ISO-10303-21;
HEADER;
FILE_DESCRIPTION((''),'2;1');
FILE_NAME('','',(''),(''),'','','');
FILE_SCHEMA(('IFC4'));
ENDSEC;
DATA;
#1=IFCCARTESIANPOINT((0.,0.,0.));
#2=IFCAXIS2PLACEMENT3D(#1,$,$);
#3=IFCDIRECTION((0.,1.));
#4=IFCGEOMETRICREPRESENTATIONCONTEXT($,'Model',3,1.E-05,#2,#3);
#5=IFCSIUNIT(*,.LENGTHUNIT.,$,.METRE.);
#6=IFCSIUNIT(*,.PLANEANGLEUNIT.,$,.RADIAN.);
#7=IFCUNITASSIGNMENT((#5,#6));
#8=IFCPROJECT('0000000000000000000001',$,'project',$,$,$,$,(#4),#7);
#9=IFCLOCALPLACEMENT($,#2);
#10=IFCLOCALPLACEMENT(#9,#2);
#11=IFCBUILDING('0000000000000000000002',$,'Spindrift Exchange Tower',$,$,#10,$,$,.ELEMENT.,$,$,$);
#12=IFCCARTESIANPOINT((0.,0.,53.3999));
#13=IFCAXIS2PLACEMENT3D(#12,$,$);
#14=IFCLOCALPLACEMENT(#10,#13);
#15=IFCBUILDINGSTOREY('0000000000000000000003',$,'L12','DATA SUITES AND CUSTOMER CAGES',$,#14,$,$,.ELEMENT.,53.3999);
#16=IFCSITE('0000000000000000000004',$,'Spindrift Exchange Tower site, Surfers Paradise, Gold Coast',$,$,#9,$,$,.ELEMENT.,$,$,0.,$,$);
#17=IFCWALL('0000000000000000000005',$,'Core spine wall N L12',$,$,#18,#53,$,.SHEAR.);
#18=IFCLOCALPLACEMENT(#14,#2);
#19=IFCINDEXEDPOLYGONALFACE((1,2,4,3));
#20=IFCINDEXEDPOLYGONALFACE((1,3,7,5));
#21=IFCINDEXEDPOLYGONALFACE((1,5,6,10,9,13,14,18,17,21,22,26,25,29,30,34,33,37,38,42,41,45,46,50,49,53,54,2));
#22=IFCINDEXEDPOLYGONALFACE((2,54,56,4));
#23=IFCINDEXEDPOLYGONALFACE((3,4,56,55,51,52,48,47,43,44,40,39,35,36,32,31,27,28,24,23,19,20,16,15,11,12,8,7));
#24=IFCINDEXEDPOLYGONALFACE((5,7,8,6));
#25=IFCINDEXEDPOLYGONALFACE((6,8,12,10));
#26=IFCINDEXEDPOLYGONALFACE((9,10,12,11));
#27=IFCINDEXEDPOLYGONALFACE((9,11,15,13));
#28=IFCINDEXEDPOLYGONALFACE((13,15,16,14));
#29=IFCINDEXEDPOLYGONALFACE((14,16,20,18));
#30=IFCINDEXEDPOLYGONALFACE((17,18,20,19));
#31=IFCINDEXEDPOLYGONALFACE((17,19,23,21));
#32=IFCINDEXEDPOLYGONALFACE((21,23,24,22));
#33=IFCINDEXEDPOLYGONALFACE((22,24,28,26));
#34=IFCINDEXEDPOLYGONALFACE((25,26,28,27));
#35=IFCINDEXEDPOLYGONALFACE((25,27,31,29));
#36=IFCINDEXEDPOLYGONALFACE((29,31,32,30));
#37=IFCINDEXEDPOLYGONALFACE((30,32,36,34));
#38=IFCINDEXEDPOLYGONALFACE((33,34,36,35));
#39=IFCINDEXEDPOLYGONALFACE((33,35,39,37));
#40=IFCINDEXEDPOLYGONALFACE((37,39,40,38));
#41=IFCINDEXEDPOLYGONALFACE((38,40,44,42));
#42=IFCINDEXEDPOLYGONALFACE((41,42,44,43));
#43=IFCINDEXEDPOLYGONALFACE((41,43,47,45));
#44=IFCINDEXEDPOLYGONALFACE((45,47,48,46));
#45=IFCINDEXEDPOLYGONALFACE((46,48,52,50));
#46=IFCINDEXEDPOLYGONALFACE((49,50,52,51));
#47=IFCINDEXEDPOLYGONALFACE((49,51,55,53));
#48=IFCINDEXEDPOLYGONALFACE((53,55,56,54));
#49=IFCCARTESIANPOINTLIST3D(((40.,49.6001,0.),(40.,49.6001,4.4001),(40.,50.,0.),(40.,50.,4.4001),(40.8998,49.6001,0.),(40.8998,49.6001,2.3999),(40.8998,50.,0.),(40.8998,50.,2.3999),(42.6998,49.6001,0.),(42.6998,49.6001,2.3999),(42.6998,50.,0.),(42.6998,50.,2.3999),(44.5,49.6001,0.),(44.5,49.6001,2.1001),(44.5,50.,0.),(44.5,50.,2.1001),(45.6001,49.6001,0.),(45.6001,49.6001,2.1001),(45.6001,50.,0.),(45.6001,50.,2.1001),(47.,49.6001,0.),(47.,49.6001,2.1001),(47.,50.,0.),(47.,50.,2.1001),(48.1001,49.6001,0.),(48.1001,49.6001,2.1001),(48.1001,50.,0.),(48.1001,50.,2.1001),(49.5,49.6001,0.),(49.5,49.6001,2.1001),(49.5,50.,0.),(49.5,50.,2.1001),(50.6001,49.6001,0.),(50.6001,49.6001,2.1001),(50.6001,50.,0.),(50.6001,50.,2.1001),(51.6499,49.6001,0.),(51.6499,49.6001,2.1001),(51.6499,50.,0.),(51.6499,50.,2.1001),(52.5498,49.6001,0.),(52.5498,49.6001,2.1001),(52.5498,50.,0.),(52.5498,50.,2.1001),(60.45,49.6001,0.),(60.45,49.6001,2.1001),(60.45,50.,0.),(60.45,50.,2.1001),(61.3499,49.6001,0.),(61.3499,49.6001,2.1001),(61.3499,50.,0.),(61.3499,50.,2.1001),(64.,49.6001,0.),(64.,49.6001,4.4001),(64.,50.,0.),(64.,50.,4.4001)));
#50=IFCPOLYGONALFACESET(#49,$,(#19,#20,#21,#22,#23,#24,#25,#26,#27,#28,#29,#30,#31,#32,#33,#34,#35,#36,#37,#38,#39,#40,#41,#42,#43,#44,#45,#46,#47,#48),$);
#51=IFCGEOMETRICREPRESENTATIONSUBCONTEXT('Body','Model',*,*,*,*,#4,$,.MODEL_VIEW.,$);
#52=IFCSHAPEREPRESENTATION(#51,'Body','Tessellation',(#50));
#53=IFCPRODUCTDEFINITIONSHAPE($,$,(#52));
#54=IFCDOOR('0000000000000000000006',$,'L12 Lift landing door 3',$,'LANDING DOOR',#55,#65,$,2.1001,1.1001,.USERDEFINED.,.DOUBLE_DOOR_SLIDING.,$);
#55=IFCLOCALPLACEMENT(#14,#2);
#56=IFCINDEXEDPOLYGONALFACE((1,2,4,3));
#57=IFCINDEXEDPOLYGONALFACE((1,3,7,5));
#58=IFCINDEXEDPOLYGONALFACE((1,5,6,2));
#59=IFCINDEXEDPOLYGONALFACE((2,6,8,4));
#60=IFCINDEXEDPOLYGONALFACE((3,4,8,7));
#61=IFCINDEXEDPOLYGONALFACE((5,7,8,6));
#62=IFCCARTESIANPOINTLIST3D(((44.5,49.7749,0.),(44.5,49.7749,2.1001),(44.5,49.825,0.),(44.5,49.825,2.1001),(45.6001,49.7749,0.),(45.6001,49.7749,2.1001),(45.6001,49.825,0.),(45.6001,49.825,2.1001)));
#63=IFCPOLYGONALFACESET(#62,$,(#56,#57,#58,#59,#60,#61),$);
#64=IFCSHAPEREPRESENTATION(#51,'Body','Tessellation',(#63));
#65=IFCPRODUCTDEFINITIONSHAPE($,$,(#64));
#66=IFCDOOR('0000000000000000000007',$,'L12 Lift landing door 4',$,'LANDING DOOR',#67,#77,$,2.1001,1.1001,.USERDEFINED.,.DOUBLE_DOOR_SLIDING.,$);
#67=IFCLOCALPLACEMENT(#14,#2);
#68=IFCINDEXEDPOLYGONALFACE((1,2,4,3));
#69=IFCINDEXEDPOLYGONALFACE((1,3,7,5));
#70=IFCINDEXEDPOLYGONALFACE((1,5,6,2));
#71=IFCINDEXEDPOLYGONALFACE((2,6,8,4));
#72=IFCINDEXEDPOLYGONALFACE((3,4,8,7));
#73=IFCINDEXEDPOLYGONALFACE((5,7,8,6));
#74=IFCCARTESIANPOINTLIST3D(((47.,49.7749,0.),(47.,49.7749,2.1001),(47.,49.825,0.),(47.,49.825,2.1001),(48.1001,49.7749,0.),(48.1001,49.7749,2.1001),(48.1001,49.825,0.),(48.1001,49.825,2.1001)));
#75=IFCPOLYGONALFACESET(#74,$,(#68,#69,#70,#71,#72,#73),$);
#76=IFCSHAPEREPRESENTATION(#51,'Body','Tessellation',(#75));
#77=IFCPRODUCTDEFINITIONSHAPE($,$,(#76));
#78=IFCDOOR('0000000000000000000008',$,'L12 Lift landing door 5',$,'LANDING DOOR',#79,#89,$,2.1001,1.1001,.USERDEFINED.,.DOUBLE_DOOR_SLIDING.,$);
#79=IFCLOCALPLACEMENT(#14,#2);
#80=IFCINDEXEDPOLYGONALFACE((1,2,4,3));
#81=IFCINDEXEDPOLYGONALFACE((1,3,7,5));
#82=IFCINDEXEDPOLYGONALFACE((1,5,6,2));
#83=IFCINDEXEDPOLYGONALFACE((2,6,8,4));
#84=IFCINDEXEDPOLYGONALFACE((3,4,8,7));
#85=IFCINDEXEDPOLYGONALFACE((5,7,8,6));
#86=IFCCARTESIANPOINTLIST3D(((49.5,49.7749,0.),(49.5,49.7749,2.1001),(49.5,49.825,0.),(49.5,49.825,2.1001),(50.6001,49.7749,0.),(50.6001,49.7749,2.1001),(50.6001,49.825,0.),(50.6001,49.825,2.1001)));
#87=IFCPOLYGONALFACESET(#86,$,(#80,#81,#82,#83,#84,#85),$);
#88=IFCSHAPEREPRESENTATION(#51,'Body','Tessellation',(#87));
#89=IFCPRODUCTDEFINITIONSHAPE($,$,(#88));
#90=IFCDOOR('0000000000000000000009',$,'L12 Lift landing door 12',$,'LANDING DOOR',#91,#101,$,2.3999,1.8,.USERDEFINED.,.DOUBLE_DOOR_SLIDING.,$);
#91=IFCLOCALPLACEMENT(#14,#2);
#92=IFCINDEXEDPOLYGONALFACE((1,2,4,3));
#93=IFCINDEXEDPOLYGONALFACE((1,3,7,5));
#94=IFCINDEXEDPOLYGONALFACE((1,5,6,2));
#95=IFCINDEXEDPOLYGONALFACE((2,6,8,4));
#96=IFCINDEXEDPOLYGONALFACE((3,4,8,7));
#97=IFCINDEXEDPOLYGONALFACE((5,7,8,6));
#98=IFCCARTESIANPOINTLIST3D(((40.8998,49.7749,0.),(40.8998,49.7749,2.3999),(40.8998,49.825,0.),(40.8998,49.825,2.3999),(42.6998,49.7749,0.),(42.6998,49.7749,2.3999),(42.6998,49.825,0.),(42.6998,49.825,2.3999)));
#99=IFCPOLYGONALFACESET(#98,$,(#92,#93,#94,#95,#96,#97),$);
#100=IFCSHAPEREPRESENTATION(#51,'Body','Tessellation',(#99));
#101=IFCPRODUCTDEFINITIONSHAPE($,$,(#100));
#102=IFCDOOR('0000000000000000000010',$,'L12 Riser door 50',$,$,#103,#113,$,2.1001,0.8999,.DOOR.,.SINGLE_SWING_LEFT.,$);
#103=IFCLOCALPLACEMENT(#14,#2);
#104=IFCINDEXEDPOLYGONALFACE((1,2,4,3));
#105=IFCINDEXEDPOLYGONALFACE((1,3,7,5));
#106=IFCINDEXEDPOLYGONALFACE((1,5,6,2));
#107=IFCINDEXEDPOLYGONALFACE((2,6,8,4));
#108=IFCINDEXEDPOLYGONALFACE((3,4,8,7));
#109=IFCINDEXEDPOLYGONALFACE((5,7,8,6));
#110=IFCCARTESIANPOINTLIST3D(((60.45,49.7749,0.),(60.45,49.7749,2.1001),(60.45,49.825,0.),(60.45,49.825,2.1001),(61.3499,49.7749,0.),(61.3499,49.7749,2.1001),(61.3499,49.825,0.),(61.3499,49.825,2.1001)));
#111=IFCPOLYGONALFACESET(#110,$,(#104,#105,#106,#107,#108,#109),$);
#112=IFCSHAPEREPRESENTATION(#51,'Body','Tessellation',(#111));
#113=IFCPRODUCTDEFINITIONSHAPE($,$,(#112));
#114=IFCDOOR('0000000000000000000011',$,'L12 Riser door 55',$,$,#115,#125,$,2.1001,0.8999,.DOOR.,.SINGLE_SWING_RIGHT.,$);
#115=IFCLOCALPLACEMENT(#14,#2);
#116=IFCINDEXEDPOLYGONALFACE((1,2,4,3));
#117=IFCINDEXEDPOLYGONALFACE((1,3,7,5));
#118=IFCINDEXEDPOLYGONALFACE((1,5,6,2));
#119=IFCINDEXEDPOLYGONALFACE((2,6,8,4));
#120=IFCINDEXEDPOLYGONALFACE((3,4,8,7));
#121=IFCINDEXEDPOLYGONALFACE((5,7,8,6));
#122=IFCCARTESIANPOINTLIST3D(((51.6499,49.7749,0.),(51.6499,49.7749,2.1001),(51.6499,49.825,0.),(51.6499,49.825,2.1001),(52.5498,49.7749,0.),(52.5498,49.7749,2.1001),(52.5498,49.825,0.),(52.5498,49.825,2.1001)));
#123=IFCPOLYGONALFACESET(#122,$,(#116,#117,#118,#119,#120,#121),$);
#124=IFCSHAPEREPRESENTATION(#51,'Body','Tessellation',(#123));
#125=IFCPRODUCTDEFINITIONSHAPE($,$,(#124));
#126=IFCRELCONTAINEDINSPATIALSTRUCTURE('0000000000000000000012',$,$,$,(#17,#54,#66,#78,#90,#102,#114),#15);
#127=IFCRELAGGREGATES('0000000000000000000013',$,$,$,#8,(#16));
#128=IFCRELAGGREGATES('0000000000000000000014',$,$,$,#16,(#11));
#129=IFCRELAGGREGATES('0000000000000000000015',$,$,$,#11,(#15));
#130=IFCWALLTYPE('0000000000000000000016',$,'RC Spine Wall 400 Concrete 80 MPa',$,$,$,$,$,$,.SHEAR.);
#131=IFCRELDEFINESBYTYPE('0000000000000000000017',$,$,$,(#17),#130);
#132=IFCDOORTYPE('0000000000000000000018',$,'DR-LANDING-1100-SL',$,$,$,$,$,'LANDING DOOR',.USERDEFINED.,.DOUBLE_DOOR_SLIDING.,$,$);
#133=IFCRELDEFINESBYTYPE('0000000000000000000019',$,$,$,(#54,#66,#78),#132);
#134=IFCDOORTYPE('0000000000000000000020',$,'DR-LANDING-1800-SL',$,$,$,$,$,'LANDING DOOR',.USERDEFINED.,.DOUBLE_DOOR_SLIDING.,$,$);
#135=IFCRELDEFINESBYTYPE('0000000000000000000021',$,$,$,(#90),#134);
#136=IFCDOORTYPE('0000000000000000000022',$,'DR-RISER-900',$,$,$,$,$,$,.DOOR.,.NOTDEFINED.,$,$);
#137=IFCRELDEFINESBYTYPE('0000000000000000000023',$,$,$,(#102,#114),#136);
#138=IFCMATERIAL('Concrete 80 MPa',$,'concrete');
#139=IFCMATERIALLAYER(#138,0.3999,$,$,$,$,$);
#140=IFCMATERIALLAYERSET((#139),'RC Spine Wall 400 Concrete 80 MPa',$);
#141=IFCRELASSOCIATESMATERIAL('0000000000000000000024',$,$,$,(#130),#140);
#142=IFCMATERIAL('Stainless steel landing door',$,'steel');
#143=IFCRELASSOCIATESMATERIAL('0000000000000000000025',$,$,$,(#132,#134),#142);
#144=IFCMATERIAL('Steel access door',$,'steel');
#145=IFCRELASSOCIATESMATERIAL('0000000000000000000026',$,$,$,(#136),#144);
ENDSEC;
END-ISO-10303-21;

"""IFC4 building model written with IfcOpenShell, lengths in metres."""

from ifc_helpers import new_model, si_unit, direction, frame, frame_2d, origin, place, context, subcontext, project, spatial, rectangle, extrude, source, transform, mapped, material, layer, layer_set, type_object, element, fill, save


model = new_model("IFC4")

# Units and contexts
model_context = context("Model", 3, precision=1e-05, world=origin(), true_north=direction((0.0, 1.0)))
body_context = subcontext(model_context, "Body", "Model", "MODEL_VIEW")
ifc_project = project(units=[si_unit("LENGTHUNIT", "METRE"), si_unit("PLANEANGLEUNIT", "RADIAN")], contexts=[model_context])

# Site, building, storey
site_placement = place(None, origin())
site = spatial("IfcSite", under=ifc_project, at=site_placement, Name="Spindrift Exchange Tower site, Surfers Paradise, Gold Coast", CompositionType="ELEMENT", RefElevation=0.0)
building_placement = place(site_placement, origin())
building = spatial("IfcBuilding", under=site, at=building_placement, Name="Spindrift Exchange Tower", CompositionType="ELEMENT")
storey_placement = place(building_placement, frame((0.0, 0.0, 53.3999)))
storey = spatial("IfcBuildingStorey", under=building, at=storey_placement, Name="L12", Description="DATA SUITES AND CUSTOMER CAGES", CompositionType="ELEMENT", Elevation=53.3999)

# Wall, openings, doors
ifc_material_1 = material(Name="Concrete 80 MPa", Category="concrete")
ifc_layer_1 = layer(ifc_material_1, 0.3999)
ifc_layer_set_1 = layer_set([ifc_layer_1], Name="RC Spine Wall 400 Concrete 80 MPa")
wall_type_1 = type_object("IfcWallType", Name="RC Spine Wall 400 Concrete 80 MPa", PredefinedType="SHEAR", material=ifc_layer_set_1)
wall_1_placement = place(storey_placement, frame((40.0, 49.8, 0.0), z_axis=(0.0, 0.0, 1.0), x_axis=(1.0, 0.0, 0.0)))
wall_1 = element("IfcWall", 1, at=wall_1_placement, inside=storey, type_object=wall_type_1, Name="Core spine wall N L12", PredefinedType="SHEAR", context=body_context, shape_type="SweptSolid", body=[
    extrude(rectangle(XDim=24.0, YDim=0.3999, at=frame_2d((12.0, 0.0))), origin(), (0.0, 0.0, 1.0), 4.4001),
])
opening_1_placement = place(wall_1_placement, frame((4.5, 0.0, 0.0)))
opening_1 = element("IfcOpeningElement", 2, at=opening_1_placement, cuts=wall_1, PredefinedType="OPENING", context=body_context, shape_type="SweptSolid", body=[
    extrude(rectangle(XDim=1.1001, YDim=2.1001, at=frame_2d((0.55, 1.05))), frame((0.0, 0.21, 0.0), z_axis=(0.0, -1.0, 0.0), x_axis=(1.0, 0.0, 0.0)), (0.0, 0.0, 1.0), 0.4199),
])
opening_2_placement = place(wall_1_placement, frame((7.0, 0.0, 0.0)))
opening_2 = element("IfcOpeningElement", 3, at=opening_2_placement, cuts=wall_1, PredefinedType="OPENING", context=body_context, shape_type="SweptSolid", body=[
    extrude(rectangle(XDim=1.1001, YDim=2.1001, at=frame_2d((0.55, 1.05))), frame((0.0, 0.21, 0.0), z_axis=(0.0, -1.0, 0.0), x_axis=(1.0, 0.0, 0.0)), (0.0, 0.0, 1.0), 0.4199),
])
opening_3_placement = place(wall_1_placement, frame((9.5, 0.0, 0.0)))
opening_3 = element("IfcOpeningElement", 4, at=opening_3_placement, cuts=wall_1, PredefinedType="OPENING", context=body_context, shape_type="SweptSolid", body=[
    extrude(rectangle(XDim=1.1001, YDim=2.1001, at=frame_2d((0.55, 1.05))), frame((0.0, 0.21, 0.0), z_axis=(0.0, -1.0, 0.0), x_axis=(1.0, 0.0, 0.0)), (0.0, 0.0, 1.0), 0.4199),
])
opening_4_placement = place(wall_1_placement, frame((0.8999, 0.0, 0.0)))
opening_4 = element("IfcOpeningElement", 5, at=opening_4_placement, cuts=wall_1, PredefinedType="OPENING", context=body_context, shape_type="SweptSolid", body=[
    extrude(rectangle(XDim=1.8, YDim=2.3999, at=frame_2d((0.8999, 1.2))), frame((0.0, 0.21, 0.0), z_axis=(0.0, -1.0, 0.0), x_axis=(1.0, 0.0, 0.0)), (0.0, 0.0, 1.0), 0.4199),
])
opening_5_placement = place(wall_1_placement, frame((20.45, 0.0, 0.0)))
opening_5 = element("IfcOpeningElement", 6, at=opening_5_placement, cuts=wall_1, PredefinedType="OPENING", context=body_context, shape_type="SweptSolid", body=[
    extrude(rectangle(XDim=0.8999, YDim=2.1001, at=frame_2d((0.45, 1.05))), frame((0.0, 0.21, 0.0), z_axis=(0.0, -1.0, 0.0), x_axis=(1.0, 0.0, 0.0)), (0.0, 0.0, 1.0), 0.4199),
])
opening_6_placement = place(wall_1_placement, frame((11.6499, 0.0, 0.0)))
opening_6 = element("IfcOpeningElement", 7, at=opening_6_placement, cuts=wall_1, PredefinedType="OPENING", context=body_context, shape_type="SweptSolid", body=[
    extrude(rectangle(XDim=0.8999, YDim=2.1001, at=frame_2d((0.45, 1.05))), frame((0.0, 0.21, 0.0), z_axis=(0.0, -1.0, 0.0), x_axis=(1.0, 0.0, 0.0)), (0.0, 0.0, 1.0), 0.4199),
])
ifc_material_2 = material(Name="Stainless steel landing door", Category="steel")
door_type_1 = type_object("IfcDoorType", Name="DR-LANDING-1100-SL", ElementType="LANDING DOOR", OperationType="DOUBLE_DOOR_SLIDING", PredefinedType="USERDEFINED", material=ifc_material_2)
shared_shape_1 = source(origin(), body_context, "Body", "SweptSolid", [
    extrude(rectangle(XDim=1.1001, YDim=2.1001, at=frame_2d((0.55, 1.05))), frame((0.0, 0.0249, 0.0), z_axis=(0.0, -1.0, 0.0), x_axis=(1.0, 0.0, 0.0)), (0.0, 0.0, 1.0), 0.05),
])
door_1_placement = place(opening_1_placement, origin())
door_1 = element("IfcDoor", 8, at=door_1_placement, inside=storey, type_object=door_type_1, Name="L12 Lift landing door 3", ObjectType="LANDING DOOR", OperationType="DOUBLE_DOOR_SLIDING", OverallHeight=2.1001, OverallWidth=1.1001, PredefinedType="USERDEFINED", context=body_context, shape_type="MappedRepresentation", body=[
    mapped(shared_shape_1, transform((0.0, 0.0, 0.0), scale=1.0)),
])
fill(opening_1, door_1)
door_2_placement = place(opening_2_placement, origin())
door_2 = element("IfcDoor", 9, at=door_2_placement, inside=storey, type_object=door_type_1, Name="L12 Lift landing door 4", ObjectType="LANDING DOOR", OperationType="DOUBLE_DOOR_SLIDING", OverallHeight=2.1001, OverallWidth=1.1001, PredefinedType="USERDEFINED", context=body_context, shape_type="MappedRepresentation", body=[
    mapped(shared_shape_1, transform((0.0, 0.0, 0.0), scale=1.0)),
])
fill(opening_2, door_2)
door_3_placement = place(opening_3_placement, origin())
door_3 = element("IfcDoor", 10, at=door_3_placement, inside=storey, type_object=door_type_1, Name="L12 Lift landing door 5", ObjectType="LANDING DOOR", OperationType="DOUBLE_DOOR_SLIDING", OverallHeight=2.1001, OverallWidth=1.1001, PredefinedType="USERDEFINED", context=body_context, shape_type="MappedRepresentation", body=[
    mapped(shared_shape_1, transform((0.0, 0.0, 0.0), scale=1.0)),
])
fill(opening_3, door_3)
door_type_2 = type_object("IfcDoorType", Name="DR-LANDING-1800-SL", ElementType="LANDING DOOR", OperationType="DOUBLE_DOOR_SLIDING", PredefinedType="USERDEFINED", material=ifc_material_2)
shared_shape_2 = source(origin(), body_context, "Body", "SweptSolid", [
    extrude(rectangle(XDim=1.8, YDim=2.3999, at=frame_2d((0.8999, 1.2))), frame((0.0, 0.0249, 0.0), z_axis=(0.0, -1.0, 0.0), x_axis=(1.0, 0.0, 0.0)), (0.0, 0.0, 1.0), 0.05),
])
door_4_placement = place(opening_4_placement, origin())
door_4 = element("IfcDoor", 11, at=door_4_placement, inside=storey, type_object=door_type_2, Name="L12 Lift landing door 12", ObjectType="LANDING DOOR", OperationType="DOUBLE_DOOR_SLIDING", OverallHeight=2.3999, OverallWidth=1.8, PredefinedType="USERDEFINED", context=body_context, shape_type="MappedRepresentation", body=[
    mapped(shared_shape_2, transform((0.0, 0.0, 0.0), scale=1.0)),
])
fill(opening_4, door_4)
ifc_material_3 = material(Name="Steel access door", Category="steel")
door_type_3 = type_object("IfcDoorType", Name="DR-RISER-900", OperationType="NOTDEFINED", PredefinedType="DOOR", material=ifc_material_3)
shared_shape_3 = source(origin(), body_context, "Body", "SweptSolid", [
    extrude(rectangle(XDim=0.8999, YDim=2.1001, at=frame_2d((0.45, 1.05))), frame((0.0, 0.0249, 0.0), z_axis=(0.0, -1.0, 0.0), x_axis=(1.0, 0.0, 0.0)), (0.0, 0.0, 1.0), 0.05),
])
door_5_placement = place(opening_5_placement, origin())
door_5 = element("IfcDoor", 12, at=door_5_placement, inside=storey, type_object=door_type_3, Name="L12 Riser door 50", OperationType="SINGLE_SWING_LEFT", OverallHeight=2.1001, OverallWidth=0.8999, PredefinedType="DOOR", context=body_context, shape_type="MappedRepresentation", body=[
    mapped(shared_shape_3, transform((0.0, 0.0, 0.0), scale=1.0)),
])
fill(opening_5, door_5)
door_6_placement = place(opening_6_placement, origin())
door_6 = element("IfcDoor", 13, at=door_6_placement, inside=storey, type_object=door_type_3, Name="L12 Riser door 55", OperationType="SINGLE_SWING_RIGHT", OverallHeight=2.1001, OverallWidth=0.8999, PredefinedType="DOOR", context=body_context, shape_type="MappedRepresentation", body=[
    mapped(shared_shape_3, transform((0.0, 0.0, 0.0), scale=1.0)),
])
fill(opening_6, door_6)

save(model, "model.ifc")
